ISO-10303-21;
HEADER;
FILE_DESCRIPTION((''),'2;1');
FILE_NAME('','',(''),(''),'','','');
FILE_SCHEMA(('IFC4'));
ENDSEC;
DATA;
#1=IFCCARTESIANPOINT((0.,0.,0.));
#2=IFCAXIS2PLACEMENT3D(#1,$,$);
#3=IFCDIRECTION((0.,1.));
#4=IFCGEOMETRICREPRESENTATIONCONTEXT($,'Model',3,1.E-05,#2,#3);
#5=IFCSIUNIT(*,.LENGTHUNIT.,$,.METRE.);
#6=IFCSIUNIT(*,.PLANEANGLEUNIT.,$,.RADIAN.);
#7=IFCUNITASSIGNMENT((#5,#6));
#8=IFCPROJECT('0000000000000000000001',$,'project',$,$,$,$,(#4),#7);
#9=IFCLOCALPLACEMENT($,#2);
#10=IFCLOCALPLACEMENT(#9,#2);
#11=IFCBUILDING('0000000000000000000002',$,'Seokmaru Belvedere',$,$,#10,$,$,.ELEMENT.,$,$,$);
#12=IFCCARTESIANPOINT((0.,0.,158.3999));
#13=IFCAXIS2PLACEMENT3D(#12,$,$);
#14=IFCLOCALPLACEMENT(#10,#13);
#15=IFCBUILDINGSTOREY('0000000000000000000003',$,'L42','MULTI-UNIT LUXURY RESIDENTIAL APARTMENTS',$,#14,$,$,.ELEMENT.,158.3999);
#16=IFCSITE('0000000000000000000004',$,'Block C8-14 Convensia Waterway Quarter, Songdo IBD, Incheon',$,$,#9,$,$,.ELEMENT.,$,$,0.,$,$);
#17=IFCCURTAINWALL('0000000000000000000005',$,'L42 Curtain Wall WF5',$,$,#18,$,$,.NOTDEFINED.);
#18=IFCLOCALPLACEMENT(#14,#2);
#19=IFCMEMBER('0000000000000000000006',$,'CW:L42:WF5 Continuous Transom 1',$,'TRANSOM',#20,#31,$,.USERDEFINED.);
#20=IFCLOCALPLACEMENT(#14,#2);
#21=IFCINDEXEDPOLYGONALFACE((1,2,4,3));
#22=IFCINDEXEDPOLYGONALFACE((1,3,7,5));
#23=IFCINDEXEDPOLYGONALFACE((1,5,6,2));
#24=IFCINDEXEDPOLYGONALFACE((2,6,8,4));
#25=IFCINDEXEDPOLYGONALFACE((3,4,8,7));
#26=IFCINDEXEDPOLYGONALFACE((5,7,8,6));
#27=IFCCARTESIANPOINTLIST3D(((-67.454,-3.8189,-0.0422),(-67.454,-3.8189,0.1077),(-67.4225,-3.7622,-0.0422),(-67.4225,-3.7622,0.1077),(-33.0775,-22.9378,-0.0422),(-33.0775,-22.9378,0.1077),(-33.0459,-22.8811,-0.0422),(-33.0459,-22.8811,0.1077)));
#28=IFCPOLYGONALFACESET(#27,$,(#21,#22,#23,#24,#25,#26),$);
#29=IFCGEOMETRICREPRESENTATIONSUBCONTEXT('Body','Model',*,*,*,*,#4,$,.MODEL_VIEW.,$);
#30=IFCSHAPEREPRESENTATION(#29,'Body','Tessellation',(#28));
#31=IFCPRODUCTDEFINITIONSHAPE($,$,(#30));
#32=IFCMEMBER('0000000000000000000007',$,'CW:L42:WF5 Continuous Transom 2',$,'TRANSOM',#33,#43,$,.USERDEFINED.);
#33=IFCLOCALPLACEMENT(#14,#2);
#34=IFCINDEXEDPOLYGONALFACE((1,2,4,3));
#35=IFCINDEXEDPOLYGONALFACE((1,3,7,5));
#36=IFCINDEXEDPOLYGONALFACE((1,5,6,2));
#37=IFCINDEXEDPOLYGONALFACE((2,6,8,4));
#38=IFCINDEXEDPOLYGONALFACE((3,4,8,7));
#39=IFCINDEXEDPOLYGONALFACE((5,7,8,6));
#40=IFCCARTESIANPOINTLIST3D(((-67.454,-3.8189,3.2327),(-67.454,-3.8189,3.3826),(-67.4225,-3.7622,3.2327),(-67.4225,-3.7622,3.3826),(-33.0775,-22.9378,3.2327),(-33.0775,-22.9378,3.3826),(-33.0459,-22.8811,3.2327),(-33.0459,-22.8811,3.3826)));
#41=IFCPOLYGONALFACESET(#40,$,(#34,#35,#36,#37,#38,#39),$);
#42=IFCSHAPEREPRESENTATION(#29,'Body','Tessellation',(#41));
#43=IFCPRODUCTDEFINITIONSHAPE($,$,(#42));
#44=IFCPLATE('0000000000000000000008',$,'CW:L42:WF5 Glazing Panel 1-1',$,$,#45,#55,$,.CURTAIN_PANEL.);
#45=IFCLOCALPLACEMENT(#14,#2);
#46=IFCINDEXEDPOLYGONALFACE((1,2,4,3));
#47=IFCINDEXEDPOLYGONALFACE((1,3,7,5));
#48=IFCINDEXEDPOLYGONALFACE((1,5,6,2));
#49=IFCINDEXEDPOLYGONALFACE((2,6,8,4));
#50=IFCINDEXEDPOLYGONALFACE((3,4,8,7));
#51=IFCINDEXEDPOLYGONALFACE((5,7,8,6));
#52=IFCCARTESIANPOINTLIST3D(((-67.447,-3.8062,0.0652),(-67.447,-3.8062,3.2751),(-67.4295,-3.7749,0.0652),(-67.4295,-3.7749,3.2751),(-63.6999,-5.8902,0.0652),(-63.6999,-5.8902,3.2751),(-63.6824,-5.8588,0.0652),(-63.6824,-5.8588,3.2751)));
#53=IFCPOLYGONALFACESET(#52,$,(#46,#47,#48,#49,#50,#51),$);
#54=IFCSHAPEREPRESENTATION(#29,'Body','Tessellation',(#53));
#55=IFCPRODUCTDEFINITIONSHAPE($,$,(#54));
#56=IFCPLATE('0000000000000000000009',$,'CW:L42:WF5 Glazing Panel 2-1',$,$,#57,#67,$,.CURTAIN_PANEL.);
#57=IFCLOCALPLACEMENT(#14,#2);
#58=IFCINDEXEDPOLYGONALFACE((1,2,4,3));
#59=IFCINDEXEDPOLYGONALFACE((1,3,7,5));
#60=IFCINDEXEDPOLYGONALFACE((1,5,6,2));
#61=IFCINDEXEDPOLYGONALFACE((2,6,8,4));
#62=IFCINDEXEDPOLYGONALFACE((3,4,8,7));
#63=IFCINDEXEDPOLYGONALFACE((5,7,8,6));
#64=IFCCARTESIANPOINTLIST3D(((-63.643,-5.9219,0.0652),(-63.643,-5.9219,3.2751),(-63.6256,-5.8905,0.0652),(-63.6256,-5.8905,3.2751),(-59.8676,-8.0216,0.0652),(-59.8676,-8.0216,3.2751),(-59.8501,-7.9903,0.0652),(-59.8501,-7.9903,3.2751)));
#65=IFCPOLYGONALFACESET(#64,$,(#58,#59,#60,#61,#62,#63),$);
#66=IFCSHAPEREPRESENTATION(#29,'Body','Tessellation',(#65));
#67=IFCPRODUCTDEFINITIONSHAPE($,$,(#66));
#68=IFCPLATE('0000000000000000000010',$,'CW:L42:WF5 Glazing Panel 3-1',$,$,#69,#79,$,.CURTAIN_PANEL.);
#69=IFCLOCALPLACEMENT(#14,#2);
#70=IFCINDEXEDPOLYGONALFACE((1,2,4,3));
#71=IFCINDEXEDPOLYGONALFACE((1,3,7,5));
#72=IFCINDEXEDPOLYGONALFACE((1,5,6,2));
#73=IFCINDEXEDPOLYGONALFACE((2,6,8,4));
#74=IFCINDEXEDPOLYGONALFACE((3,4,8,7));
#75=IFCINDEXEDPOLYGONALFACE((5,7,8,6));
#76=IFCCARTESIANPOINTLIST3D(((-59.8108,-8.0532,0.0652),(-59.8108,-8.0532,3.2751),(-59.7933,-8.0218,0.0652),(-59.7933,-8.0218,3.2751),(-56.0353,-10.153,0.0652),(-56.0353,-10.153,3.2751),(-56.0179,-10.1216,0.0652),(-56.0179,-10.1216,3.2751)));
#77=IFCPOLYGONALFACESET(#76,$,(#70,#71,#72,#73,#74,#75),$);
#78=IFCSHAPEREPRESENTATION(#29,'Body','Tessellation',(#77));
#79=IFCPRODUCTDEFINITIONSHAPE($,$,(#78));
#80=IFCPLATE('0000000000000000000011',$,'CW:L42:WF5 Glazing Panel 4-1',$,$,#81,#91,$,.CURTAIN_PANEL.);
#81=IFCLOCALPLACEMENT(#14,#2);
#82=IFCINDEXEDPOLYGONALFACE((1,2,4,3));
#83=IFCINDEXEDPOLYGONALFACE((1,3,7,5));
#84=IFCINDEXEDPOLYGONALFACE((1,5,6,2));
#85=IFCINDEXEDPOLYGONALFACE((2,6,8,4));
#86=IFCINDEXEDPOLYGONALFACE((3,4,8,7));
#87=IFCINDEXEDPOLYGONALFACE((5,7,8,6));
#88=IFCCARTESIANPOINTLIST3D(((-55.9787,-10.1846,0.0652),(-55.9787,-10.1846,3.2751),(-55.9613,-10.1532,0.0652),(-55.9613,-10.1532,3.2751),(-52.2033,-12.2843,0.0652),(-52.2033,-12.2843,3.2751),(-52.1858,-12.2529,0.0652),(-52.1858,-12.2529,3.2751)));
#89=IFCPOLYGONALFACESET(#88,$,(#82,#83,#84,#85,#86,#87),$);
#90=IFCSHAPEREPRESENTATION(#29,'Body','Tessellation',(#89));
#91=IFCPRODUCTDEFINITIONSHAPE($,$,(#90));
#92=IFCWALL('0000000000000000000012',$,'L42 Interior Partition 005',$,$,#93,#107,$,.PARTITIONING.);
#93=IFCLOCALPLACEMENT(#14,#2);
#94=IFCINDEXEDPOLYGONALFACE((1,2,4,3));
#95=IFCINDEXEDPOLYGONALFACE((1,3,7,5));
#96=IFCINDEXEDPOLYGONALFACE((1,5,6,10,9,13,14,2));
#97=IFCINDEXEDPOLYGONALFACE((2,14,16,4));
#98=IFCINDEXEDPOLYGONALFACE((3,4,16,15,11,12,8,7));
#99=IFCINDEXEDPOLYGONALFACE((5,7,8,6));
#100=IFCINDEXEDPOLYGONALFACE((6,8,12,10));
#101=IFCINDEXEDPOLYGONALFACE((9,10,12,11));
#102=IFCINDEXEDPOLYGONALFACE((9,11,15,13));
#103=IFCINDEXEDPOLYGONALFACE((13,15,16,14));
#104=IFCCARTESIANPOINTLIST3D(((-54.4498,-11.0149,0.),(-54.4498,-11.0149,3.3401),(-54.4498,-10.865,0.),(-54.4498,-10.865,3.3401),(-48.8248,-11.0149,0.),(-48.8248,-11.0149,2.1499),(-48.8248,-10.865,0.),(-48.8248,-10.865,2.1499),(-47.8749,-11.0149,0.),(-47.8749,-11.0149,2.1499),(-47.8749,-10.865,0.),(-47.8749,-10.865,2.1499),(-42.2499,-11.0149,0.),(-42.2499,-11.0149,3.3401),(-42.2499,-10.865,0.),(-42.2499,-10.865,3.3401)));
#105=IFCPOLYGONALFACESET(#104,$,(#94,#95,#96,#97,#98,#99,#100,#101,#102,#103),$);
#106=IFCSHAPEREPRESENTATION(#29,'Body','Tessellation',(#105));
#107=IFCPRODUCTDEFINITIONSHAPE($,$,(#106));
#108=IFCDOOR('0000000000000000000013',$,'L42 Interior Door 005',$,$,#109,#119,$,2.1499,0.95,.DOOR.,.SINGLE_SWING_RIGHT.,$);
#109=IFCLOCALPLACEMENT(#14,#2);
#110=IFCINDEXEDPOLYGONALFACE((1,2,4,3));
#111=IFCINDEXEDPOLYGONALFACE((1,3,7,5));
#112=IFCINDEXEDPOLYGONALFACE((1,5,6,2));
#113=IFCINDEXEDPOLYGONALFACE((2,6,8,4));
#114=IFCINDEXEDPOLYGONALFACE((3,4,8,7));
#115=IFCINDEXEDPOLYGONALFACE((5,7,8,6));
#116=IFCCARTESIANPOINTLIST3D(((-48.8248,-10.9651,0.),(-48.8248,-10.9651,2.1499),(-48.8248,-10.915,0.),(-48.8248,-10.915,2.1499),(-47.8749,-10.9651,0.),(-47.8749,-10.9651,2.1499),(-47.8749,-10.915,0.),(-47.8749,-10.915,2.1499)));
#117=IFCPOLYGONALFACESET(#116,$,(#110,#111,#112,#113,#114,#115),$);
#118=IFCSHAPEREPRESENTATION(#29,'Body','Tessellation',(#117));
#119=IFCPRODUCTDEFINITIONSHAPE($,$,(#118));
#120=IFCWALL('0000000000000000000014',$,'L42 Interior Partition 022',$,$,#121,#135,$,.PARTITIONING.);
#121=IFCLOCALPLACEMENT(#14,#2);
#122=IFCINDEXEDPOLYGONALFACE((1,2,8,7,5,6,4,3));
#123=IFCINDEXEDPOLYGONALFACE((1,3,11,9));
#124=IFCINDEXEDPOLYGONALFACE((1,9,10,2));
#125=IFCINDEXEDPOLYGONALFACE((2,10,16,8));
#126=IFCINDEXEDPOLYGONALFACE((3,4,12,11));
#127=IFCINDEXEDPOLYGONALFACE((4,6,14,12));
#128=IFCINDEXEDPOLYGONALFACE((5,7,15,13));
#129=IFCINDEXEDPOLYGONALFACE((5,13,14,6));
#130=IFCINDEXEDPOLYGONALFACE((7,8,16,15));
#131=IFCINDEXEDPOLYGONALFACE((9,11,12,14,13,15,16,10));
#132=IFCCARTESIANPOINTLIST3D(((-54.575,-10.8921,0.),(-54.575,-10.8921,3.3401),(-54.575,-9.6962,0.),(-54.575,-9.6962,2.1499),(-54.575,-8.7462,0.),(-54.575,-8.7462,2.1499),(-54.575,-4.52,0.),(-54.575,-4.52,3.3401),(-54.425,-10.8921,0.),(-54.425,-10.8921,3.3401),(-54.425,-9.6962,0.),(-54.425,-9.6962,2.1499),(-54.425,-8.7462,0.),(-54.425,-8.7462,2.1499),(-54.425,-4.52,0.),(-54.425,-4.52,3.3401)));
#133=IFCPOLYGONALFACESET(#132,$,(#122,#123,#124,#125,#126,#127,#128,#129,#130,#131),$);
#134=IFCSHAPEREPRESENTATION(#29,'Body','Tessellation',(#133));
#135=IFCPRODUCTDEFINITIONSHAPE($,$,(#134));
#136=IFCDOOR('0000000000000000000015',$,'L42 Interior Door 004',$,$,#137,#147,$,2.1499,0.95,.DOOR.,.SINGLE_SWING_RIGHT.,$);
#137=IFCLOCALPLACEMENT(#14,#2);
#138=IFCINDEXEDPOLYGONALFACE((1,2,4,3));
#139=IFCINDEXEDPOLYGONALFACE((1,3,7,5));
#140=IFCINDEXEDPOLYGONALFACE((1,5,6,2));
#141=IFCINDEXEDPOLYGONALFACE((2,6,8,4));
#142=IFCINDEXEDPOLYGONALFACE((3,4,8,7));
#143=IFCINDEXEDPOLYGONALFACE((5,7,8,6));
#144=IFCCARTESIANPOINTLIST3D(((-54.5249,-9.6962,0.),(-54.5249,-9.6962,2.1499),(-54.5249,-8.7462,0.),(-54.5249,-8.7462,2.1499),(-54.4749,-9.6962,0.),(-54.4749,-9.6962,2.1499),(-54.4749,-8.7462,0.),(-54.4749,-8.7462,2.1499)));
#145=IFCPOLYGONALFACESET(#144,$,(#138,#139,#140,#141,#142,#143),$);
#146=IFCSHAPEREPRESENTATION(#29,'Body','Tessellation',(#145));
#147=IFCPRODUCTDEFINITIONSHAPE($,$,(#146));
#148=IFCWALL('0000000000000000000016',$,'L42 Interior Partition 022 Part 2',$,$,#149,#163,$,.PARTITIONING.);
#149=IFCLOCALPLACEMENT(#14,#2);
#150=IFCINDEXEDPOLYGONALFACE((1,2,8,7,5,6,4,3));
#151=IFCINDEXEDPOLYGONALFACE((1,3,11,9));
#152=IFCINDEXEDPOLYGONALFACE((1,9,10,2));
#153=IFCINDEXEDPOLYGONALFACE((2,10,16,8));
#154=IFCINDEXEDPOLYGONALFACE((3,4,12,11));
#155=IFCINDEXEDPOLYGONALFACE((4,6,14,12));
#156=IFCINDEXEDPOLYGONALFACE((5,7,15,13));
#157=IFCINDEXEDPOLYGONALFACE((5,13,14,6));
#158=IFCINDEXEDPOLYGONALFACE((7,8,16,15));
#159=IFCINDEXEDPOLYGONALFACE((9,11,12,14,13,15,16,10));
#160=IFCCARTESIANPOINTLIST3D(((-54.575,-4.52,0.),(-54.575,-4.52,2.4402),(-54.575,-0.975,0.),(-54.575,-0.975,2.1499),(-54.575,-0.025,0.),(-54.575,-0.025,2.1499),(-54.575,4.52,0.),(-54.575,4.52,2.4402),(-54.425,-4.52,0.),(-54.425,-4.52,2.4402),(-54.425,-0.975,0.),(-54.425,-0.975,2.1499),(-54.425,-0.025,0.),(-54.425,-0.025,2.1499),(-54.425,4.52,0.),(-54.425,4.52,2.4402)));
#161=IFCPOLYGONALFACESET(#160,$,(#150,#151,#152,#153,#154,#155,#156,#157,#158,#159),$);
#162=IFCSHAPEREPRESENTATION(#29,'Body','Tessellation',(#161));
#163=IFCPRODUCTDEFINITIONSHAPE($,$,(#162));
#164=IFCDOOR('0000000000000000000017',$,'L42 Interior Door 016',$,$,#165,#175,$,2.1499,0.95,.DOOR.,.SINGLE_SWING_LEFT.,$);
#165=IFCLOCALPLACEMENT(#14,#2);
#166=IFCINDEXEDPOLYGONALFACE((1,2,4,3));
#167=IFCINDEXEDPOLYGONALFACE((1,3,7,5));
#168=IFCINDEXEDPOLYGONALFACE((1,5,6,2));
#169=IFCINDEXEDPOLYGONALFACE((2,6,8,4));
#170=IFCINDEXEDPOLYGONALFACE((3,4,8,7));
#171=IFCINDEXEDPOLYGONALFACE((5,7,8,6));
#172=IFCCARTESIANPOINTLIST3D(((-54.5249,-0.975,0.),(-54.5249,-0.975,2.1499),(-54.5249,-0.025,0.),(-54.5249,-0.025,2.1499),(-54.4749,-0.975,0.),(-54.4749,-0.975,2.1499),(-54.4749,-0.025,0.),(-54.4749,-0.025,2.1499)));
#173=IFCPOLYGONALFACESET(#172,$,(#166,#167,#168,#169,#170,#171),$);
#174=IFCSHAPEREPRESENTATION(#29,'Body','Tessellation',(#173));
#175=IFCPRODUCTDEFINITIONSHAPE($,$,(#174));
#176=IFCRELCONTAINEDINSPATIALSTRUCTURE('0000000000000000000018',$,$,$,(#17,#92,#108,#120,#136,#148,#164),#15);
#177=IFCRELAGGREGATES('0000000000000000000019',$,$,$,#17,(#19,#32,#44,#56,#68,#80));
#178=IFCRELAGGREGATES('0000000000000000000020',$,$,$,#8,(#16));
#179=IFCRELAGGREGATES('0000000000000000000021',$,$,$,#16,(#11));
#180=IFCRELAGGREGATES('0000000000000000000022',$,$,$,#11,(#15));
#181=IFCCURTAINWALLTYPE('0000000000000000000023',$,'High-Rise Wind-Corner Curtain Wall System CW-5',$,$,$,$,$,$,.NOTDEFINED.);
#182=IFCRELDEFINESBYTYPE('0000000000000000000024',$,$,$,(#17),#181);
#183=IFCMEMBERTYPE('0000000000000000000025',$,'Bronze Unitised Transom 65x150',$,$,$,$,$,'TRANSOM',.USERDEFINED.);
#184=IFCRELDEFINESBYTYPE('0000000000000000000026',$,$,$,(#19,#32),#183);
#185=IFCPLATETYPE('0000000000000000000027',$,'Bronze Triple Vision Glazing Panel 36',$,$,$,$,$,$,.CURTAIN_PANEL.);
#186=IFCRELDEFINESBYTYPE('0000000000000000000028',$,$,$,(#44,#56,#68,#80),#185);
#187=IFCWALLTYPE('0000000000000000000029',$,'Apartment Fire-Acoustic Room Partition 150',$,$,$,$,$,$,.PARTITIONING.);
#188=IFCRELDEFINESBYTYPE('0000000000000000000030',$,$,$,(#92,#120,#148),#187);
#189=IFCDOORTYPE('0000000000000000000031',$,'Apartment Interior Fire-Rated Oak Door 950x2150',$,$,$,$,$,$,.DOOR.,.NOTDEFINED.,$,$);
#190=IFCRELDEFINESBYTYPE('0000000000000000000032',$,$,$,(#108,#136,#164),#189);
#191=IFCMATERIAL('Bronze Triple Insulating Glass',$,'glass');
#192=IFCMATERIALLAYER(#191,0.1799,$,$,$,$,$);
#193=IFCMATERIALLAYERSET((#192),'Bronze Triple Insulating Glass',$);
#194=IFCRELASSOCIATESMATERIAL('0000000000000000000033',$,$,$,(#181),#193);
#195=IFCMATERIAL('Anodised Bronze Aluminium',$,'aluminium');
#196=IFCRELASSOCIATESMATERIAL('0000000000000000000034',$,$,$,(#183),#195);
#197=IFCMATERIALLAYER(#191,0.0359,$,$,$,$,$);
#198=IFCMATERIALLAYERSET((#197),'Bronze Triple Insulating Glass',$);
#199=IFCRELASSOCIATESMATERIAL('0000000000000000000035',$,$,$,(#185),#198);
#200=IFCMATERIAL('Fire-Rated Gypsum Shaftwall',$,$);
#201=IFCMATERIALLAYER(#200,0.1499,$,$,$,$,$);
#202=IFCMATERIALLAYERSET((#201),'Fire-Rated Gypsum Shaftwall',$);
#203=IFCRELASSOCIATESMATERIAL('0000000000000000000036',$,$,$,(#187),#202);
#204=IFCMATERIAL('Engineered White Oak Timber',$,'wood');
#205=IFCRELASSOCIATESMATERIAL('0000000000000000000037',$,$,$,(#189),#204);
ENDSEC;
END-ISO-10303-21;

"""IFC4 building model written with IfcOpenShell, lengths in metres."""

from ifc_helpers import new_model, si_unit, direction, frame, frame_2d, origin, origin_2d, place, context, subcontext, project, spatial, rectangle, extrude, source, transform, mapped, material, layer, layer_set, material_profile, profile_set, type_object, type_shapes, element, fill, aggregate, save


model = new_model("IFC4")

# Units and contexts
model_context = context("Model", 3, precision=1e-05, world=origin(), true_north=direction((0.0, 1.0)))
body_context = subcontext(model_context, "Body", "Model", "MODEL_VIEW")
ifc_project = project(units=[si_unit("LENGTHUNIT", "METRE"), si_unit("PLANEANGLEUNIT", "RADIAN")], contexts=[model_context])

# Site, building, storey
site_placement = place(None, origin())
site = spatial("IfcSite", under=ifc_project, at=site_placement, Name="Block C8-14 Convensia Waterway Quarter, Songdo IBD, Incheon", CompositionType="ELEMENT", RefElevation=0.0)
building_placement = place(site_placement, origin())
building = spatial("IfcBuilding", under=site, at=building_placement, Name="Seokmaru Belvedere", CompositionType="ELEMENT")
storey_placement = place(building_placement, frame((0.0, 0.0, 158.3999)))
storey = spatial("IfcBuildingStorey", under=building, at=storey_placement, Name="L42", Description="MULTI-UNIT LUXURY RESIDENTIAL APARTMENTS", CompositionType="ELEMENT", Elevation=158.3999)

# Curtain wall, members, plates
ifc_material_1 = material(Name="Bronze Triple Insulating Glass", Category="glass")
ifc_layer_1 = layer(ifc_material_1, 0.1799)
ifc_layer_set_1 = layer_set([ifc_layer_1], Name="Bronze Triple Insulating Glass")
curtain_wall_type = type_object("IfcCurtainWallType", Name="High-Rise Wind-Corner Curtain Wall System CW-5", PredefinedType="NOTDEFINED", material=ifc_layer_set_1)
curtain_wall_placement = place(storey_placement, origin())
curtain_wall = element("IfcCurtainWall", 1, at=curtain_wall_placement, inside=storey, type_object=curtain_wall_type, Name="L42 Curtain Wall WF5", PredefinedType="NOTDEFINED")
ifc_material_2 = material(Name="Anodised Bronze Aluminium", Category="aluminium")
ifc_material_profile_1 = material_profile(ifc_material_2, rectangle(XDim=0.0649, YDim=0.1499, at=origin_2d()), Name="CW-T-65x150")
ifc_profile_set_1 = profile_set([ifc_material_profile_1], Name="Anodised Bronze Aluminium")
member_type_1 = type_object("IfcMemberType", Name="Bronze Unitised Transom 65x150", ElementType="TRANSOM", PredefinedType="USERDEFINED", material=ifc_profile_set_1)
shared_shape_1 = source(origin(), body_context, "Body", "SweptSolid", [
    extrude(rectangle(XDim=0.0649, YDim=0.1499, at=origin_2d()), origin(), (0.0, 0.0, 1.0), 39.3354),
])
type_shapes(member_type_1, [shared_shape_1])
member_1_placement = place(storey_placement, frame((-67.4382, -3.7905, 0.0327), z_axis=(0.873932, -0.486048, 0.0), x_axis=(0.486048, 0.873932, 0.0)))
member_1 = element("IfcMember", 2, at=member_1_placement, type_object=member_type_1, Name="CW:L42:WF5 Continuous Transom 1", ObjectType="TRANSOM", PredefinedType="USERDEFINED", context=body_context, shape_type="MappedRepresentation", body=[
    mapped(shared_shape_1, transform((0.0, 0.0, 0.0), scale=1.0)),
])
member_2_placement = place(storey_placement, frame((-67.4382, -3.7905, 3.3076), z_axis=(0.873932, -0.486048, 0.0), x_axis=(0.486048, 0.873932, 0.0)))
member_2 = element("IfcMember", 3, at=member_2_placement, type_object=member_type_1, Name="CW:L42:WF5 Continuous Transom 2", ObjectType="TRANSOM", PredefinedType="USERDEFINED", context=body_context, shape_type="MappedRepresentation", body=[
    mapped(shared_shape_1, transform((0.0, 0.0, 0.0), scale=1.0)),
])
ifc_layer_2 = layer(ifc_material_1, 0.0359)
ifc_layer_set_2 = layer_set([ifc_layer_2], Name="Bronze Triple Insulating Glass")
plate_type = type_object("IfcPlateType", Name="Bronze Triple Vision Glazing Panel 36", PredefinedType="CURTAIN_PANEL", material=ifc_layer_set_2)
shared_shape_2 = source(origin(), body_context, "Body", "SweptSolid", [
    extrude(rectangle(XDim=4.2876, YDim=0.0359, at=origin_2d()), origin(), (0.0, 0.0, 1.0), 3.21),
])
plate_1_placement = place(storey_placement, frame((-65.5647, -4.8325, 0.0652), z_axis=(0.0, 0.0, 1.0), x_axis=(0.873933, -0.486047, 0.0)))
plate_1 = element("IfcPlate", 4, at=plate_1_placement, type_object=plate_type, Name="CW:L42:WF5 Glazing Panel 1-1", PredefinedType="CURTAIN_PANEL", context=body_context, shape_type="MappedRepresentation", body=[
    mapped(shared_shape_2, transform((0.0, 0.0, 0.0), scale=1.0)),
])
shared_shape_3 = source(origin(), body_context, "Body", "SweptSolid", [
    extrude(rectangle(XDim=4.3201, YDim=0.0359, at=origin_2d()), origin(), (0.0, 0.0, 1.0), 3.21),
])
type_shapes(plate_type, [shared_shape_2, shared_shape_3])
plate_2_placement = place(storey_placement, frame((-61.7466, -6.9561, 0.0652), z_axis=(0.0, 0.0, 1.0), x_axis=(0.873933, -0.486047, 0.0)))
plate_2 = element("IfcPlate", 5, at=plate_2_placement, type_object=plate_type, Name="CW:L42:WF5 Glazing Panel 2-1", PredefinedType="CURTAIN_PANEL", context=body_context, shape_type="MappedRepresentation", body=[
    mapped(shared_shape_3, transform((0.0, 0.0, 0.0), scale=1.0)),
])
plate_3_placement = place(storey_placement, frame((-57.9143, -9.0874, 0.0652), z_axis=(0.0, 0.0, 1.0), x_axis=(0.873933, -0.486047, 0.0)))
plate_3 = element("IfcPlate", 6, at=plate_3_placement, type_object=plate_type, Name="CW:L42:WF5 Glazing Panel 3-1", PredefinedType="CURTAIN_PANEL", context=body_context, shape_type="MappedRepresentation", body=[
    mapped(shared_shape_3, transform((0.0, 0.0, 0.0), scale=1.0)),
])
plate_4_placement = place(storey_placement, frame((-54.0823, -11.2188, 0.0652), z_axis=(0.0, 0.0, 1.0), x_axis=(0.873933, -0.486047, 0.0)))
plate_4 = element("IfcPlate", 7, at=plate_4_placement, type_object=plate_type, Name="CW:L42:WF5 Glazing Panel 4-1", PredefinedType="CURTAIN_PANEL", context=body_context, shape_type="MappedRepresentation", body=[
    mapped(shared_shape_3, transform((0.0, 0.0, 0.0), scale=1.0)),
])
aggregate(curtain_wall, [member_1, member_2, plate_1, plate_2, plate_3, plate_4])

# Walls, openings, doors
ifc_material_3 = material(Name="Fire-Rated Gypsum Shaftwall")
ifc_layer_3 = layer(ifc_material_3, 0.1499)
ifc_layer_set_3 = layer_set([ifc_layer_3], Name="Fire-Rated Gypsum Shaftwall")
wall_type_1 = type_object("IfcWallType", Name="Apartment Fire-Acoustic Room Partition 150", PredefinedType="PARTITIONING", material=ifc_layer_set_3)
wall_1_placement = place(storey_placement, frame((-54.45, -10.9399, 0.0), z_axis=(0.0, 0.0, 1.0), x_axis=(1.0, 0.0, 0.0)))
wall_1 = element("IfcWall", 8, at=wall_1_placement, inside=storey, type_object=wall_type_1, Name="L42 Interior Partition 005", PredefinedType="PARTITIONING", context=body_context, shape_type="SweptSolid", body=[
    extrude(rectangle(XDim=12.2, YDim=0.1499, at=frame_2d((6.1001, 0.0))), origin(), (0.0, 0.0, 1.0), 3.3401),
])
opening_1_placement = place(wall_1_placement, frame((5.625, 0.0, 0.0)))
opening_1 = element("IfcOpeningElement", 9, at=opening_1_placement, cuts=wall_1, PredefinedType="OPENING", context=body_context, shape_type="SweptSolid", body=[
    extrude(rectangle(XDim=0.95, YDim=2.1499, at=frame_2d((0.4751, 1.075))), frame((0.0, 0.085, 0.0), z_axis=(0.0, -1.0, 0.0), x_axis=(1.0, 0.0, 0.0)), (0.0, 0.0, 1.0), 0.1699),
])
ifc_material_4 = material(Name="Engineered White Oak Timber", Category="wood")
door_type = type_object("IfcDoorType", Name="Apartment Interior Fire-Rated Oak Door 950x2150", OperationType="NOTDEFINED", PredefinedType="DOOR", material=ifc_material_4)
shared_shape_4 = source(origin(), body_context, "Body", "SweptSolid", [
    extrude(rectangle(XDim=0.95, YDim=2.1499, at=frame_2d((0.4751, 1.075))), frame((0.0, 0.0249, 0.0), z_axis=(0.0, -1.0, 0.0), x_axis=(1.0, 0.0, 0.0)), (0.0, 0.0, 1.0), 0.05),
])
type_shapes(door_type, [shared_shape_4])
door_1_placement = place(opening_1_placement, origin())
door_1 = element("IfcDoor", 10, at=door_1_placement, inside=storey, type_object=door_type, Name="L42 Interior Door 005", OperationType="SINGLE_SWING_RIGHT", OverallHeight=2.1499, OverallWidth=0.95, PredefinedType="DOOR", context=body_context, shape_type="MappedRepresentation", body=[
    mapped(shared_shape_4, transform((0.0, 0.0, 0.0), scale=1.0)),
])
fill(opening_1, door_1)
wall_2_placement = place(storey_placement, frame((-54.5, -10.8921, 0.0), z_axis=(0.0, 0.0, 1.0), x_axis=(0.0, 1.0, 0.0)))
wall_2 = element("IfcWall", 11, at=wall_2_placement, inside=storey, type_object=wall_type_1, Name="L42 Interior Partition 022", PredefinedType="PARTITIONING", context=body_context, shape_type="SweptSolid", body=[
    extrude(rectangle(XDim=6.3721, YDim=0.1499, at=frame_2d((3.186, 0.0))), origin(), (0.0, 0.0, 1.0), 3.3401),
])
opening_2_placement = place(wall_2_placement, frame((1.1958, 0.0, 0.0)))
opening_2 = element("IfcOpeningElement", 12, at=opening_2_placement, cuts=wall_2, PredefinedType="OPENING", context=body_context, shape_type="SweptSolid", body=[
    extrude(rectangle(XDim=0.95, YDim=2.1499, at=frame_2d((0.4751, 1.075))), frame((0.0, 0.085, 0.0), z_axis=(0.0, -1.0, 0.0), x_axis=(1.0, 0.0, 0.0)), (0.0, 0.0, 1.0), 0.1699),
])
door_2_placement = place(opening_2_placement, origin())
door_2 = element("IfcDoor", 13, at=door_2_placement, inside=storey, type_object=door_type, Name="L42 Interior Door 004", OperationType="SINGLE_SWING_RIGHT", OverallHeight=2.1499, OverallWidth=0.95, PredefinedType="DOOR", context=body_context, shape_type="MappedRepresentation", body=[
    mapped(shared_shape_4, transform((0.0, 0.0, 0.0), scale=1.0)),
])
fill(opening_2, door_2)
wall_3_placement = place(storey_placement, frame((-54.5, -4.52, 0.0), z_axis=(0.0, 0.0, 1.0), x_axis=(0.0, 1.0, 0.0)))
wall_3 = element("IfcWall", 14, at=wall_3_placement, inside=storey, type_object=wall_type_1, Name="L42 Interior Partition 022 Part 2", PredefinedType="PARTITIONING", context=body_context, shape_type="SweptSolid", body=[
    extrude(rectangle(XDim=9.04, YDim=0.1499, at=frame_2d((4.52, 0.0))), origin(), (0.0, 0.0, 1.0), 2.4402),
])
opening_3_placement = place(wall_3_placement, frame((3.5449, 0.0, 0.0)))
opening_3 = element("IfcOpeningElement", 15, at=opening_3_placement, cuts=wall_3, PredefinedType="OPENING", context=body_context, shape_type="SweptSolid", body=[
    extrude(rectangle(XDim=0.95, YDim=2.1499, at=frame_2d((0.4751, 1.075))), frame((0.0, 0.085, 0.0), z_axis=(0.0, -1.0, 0.0), x_axis=(1.0, 0.0, 0.0)), (0.0, 0.0, 1.0), 0.1699),
])
door_3_placement = place(opening_3_placement, origin())
door_3 = element("IfcDoor", 16, at=door_3_placement, inside=storey, type_object=door_type, Name="L42 Interior Door 016", OperationType="SINGLE_SWING_LEFT", OverallHeight=2.1499, OverallWidth=0.95, PredefinedType="DOOR", context=body_context, shape_type="MappedRepresentation", body=[
    mapped(shared_shape_4, transform((0.0, 0.0, 0.0), scale=1.0)),
])
fill(opening_3, door_3)

save(model, "model.ifc")
